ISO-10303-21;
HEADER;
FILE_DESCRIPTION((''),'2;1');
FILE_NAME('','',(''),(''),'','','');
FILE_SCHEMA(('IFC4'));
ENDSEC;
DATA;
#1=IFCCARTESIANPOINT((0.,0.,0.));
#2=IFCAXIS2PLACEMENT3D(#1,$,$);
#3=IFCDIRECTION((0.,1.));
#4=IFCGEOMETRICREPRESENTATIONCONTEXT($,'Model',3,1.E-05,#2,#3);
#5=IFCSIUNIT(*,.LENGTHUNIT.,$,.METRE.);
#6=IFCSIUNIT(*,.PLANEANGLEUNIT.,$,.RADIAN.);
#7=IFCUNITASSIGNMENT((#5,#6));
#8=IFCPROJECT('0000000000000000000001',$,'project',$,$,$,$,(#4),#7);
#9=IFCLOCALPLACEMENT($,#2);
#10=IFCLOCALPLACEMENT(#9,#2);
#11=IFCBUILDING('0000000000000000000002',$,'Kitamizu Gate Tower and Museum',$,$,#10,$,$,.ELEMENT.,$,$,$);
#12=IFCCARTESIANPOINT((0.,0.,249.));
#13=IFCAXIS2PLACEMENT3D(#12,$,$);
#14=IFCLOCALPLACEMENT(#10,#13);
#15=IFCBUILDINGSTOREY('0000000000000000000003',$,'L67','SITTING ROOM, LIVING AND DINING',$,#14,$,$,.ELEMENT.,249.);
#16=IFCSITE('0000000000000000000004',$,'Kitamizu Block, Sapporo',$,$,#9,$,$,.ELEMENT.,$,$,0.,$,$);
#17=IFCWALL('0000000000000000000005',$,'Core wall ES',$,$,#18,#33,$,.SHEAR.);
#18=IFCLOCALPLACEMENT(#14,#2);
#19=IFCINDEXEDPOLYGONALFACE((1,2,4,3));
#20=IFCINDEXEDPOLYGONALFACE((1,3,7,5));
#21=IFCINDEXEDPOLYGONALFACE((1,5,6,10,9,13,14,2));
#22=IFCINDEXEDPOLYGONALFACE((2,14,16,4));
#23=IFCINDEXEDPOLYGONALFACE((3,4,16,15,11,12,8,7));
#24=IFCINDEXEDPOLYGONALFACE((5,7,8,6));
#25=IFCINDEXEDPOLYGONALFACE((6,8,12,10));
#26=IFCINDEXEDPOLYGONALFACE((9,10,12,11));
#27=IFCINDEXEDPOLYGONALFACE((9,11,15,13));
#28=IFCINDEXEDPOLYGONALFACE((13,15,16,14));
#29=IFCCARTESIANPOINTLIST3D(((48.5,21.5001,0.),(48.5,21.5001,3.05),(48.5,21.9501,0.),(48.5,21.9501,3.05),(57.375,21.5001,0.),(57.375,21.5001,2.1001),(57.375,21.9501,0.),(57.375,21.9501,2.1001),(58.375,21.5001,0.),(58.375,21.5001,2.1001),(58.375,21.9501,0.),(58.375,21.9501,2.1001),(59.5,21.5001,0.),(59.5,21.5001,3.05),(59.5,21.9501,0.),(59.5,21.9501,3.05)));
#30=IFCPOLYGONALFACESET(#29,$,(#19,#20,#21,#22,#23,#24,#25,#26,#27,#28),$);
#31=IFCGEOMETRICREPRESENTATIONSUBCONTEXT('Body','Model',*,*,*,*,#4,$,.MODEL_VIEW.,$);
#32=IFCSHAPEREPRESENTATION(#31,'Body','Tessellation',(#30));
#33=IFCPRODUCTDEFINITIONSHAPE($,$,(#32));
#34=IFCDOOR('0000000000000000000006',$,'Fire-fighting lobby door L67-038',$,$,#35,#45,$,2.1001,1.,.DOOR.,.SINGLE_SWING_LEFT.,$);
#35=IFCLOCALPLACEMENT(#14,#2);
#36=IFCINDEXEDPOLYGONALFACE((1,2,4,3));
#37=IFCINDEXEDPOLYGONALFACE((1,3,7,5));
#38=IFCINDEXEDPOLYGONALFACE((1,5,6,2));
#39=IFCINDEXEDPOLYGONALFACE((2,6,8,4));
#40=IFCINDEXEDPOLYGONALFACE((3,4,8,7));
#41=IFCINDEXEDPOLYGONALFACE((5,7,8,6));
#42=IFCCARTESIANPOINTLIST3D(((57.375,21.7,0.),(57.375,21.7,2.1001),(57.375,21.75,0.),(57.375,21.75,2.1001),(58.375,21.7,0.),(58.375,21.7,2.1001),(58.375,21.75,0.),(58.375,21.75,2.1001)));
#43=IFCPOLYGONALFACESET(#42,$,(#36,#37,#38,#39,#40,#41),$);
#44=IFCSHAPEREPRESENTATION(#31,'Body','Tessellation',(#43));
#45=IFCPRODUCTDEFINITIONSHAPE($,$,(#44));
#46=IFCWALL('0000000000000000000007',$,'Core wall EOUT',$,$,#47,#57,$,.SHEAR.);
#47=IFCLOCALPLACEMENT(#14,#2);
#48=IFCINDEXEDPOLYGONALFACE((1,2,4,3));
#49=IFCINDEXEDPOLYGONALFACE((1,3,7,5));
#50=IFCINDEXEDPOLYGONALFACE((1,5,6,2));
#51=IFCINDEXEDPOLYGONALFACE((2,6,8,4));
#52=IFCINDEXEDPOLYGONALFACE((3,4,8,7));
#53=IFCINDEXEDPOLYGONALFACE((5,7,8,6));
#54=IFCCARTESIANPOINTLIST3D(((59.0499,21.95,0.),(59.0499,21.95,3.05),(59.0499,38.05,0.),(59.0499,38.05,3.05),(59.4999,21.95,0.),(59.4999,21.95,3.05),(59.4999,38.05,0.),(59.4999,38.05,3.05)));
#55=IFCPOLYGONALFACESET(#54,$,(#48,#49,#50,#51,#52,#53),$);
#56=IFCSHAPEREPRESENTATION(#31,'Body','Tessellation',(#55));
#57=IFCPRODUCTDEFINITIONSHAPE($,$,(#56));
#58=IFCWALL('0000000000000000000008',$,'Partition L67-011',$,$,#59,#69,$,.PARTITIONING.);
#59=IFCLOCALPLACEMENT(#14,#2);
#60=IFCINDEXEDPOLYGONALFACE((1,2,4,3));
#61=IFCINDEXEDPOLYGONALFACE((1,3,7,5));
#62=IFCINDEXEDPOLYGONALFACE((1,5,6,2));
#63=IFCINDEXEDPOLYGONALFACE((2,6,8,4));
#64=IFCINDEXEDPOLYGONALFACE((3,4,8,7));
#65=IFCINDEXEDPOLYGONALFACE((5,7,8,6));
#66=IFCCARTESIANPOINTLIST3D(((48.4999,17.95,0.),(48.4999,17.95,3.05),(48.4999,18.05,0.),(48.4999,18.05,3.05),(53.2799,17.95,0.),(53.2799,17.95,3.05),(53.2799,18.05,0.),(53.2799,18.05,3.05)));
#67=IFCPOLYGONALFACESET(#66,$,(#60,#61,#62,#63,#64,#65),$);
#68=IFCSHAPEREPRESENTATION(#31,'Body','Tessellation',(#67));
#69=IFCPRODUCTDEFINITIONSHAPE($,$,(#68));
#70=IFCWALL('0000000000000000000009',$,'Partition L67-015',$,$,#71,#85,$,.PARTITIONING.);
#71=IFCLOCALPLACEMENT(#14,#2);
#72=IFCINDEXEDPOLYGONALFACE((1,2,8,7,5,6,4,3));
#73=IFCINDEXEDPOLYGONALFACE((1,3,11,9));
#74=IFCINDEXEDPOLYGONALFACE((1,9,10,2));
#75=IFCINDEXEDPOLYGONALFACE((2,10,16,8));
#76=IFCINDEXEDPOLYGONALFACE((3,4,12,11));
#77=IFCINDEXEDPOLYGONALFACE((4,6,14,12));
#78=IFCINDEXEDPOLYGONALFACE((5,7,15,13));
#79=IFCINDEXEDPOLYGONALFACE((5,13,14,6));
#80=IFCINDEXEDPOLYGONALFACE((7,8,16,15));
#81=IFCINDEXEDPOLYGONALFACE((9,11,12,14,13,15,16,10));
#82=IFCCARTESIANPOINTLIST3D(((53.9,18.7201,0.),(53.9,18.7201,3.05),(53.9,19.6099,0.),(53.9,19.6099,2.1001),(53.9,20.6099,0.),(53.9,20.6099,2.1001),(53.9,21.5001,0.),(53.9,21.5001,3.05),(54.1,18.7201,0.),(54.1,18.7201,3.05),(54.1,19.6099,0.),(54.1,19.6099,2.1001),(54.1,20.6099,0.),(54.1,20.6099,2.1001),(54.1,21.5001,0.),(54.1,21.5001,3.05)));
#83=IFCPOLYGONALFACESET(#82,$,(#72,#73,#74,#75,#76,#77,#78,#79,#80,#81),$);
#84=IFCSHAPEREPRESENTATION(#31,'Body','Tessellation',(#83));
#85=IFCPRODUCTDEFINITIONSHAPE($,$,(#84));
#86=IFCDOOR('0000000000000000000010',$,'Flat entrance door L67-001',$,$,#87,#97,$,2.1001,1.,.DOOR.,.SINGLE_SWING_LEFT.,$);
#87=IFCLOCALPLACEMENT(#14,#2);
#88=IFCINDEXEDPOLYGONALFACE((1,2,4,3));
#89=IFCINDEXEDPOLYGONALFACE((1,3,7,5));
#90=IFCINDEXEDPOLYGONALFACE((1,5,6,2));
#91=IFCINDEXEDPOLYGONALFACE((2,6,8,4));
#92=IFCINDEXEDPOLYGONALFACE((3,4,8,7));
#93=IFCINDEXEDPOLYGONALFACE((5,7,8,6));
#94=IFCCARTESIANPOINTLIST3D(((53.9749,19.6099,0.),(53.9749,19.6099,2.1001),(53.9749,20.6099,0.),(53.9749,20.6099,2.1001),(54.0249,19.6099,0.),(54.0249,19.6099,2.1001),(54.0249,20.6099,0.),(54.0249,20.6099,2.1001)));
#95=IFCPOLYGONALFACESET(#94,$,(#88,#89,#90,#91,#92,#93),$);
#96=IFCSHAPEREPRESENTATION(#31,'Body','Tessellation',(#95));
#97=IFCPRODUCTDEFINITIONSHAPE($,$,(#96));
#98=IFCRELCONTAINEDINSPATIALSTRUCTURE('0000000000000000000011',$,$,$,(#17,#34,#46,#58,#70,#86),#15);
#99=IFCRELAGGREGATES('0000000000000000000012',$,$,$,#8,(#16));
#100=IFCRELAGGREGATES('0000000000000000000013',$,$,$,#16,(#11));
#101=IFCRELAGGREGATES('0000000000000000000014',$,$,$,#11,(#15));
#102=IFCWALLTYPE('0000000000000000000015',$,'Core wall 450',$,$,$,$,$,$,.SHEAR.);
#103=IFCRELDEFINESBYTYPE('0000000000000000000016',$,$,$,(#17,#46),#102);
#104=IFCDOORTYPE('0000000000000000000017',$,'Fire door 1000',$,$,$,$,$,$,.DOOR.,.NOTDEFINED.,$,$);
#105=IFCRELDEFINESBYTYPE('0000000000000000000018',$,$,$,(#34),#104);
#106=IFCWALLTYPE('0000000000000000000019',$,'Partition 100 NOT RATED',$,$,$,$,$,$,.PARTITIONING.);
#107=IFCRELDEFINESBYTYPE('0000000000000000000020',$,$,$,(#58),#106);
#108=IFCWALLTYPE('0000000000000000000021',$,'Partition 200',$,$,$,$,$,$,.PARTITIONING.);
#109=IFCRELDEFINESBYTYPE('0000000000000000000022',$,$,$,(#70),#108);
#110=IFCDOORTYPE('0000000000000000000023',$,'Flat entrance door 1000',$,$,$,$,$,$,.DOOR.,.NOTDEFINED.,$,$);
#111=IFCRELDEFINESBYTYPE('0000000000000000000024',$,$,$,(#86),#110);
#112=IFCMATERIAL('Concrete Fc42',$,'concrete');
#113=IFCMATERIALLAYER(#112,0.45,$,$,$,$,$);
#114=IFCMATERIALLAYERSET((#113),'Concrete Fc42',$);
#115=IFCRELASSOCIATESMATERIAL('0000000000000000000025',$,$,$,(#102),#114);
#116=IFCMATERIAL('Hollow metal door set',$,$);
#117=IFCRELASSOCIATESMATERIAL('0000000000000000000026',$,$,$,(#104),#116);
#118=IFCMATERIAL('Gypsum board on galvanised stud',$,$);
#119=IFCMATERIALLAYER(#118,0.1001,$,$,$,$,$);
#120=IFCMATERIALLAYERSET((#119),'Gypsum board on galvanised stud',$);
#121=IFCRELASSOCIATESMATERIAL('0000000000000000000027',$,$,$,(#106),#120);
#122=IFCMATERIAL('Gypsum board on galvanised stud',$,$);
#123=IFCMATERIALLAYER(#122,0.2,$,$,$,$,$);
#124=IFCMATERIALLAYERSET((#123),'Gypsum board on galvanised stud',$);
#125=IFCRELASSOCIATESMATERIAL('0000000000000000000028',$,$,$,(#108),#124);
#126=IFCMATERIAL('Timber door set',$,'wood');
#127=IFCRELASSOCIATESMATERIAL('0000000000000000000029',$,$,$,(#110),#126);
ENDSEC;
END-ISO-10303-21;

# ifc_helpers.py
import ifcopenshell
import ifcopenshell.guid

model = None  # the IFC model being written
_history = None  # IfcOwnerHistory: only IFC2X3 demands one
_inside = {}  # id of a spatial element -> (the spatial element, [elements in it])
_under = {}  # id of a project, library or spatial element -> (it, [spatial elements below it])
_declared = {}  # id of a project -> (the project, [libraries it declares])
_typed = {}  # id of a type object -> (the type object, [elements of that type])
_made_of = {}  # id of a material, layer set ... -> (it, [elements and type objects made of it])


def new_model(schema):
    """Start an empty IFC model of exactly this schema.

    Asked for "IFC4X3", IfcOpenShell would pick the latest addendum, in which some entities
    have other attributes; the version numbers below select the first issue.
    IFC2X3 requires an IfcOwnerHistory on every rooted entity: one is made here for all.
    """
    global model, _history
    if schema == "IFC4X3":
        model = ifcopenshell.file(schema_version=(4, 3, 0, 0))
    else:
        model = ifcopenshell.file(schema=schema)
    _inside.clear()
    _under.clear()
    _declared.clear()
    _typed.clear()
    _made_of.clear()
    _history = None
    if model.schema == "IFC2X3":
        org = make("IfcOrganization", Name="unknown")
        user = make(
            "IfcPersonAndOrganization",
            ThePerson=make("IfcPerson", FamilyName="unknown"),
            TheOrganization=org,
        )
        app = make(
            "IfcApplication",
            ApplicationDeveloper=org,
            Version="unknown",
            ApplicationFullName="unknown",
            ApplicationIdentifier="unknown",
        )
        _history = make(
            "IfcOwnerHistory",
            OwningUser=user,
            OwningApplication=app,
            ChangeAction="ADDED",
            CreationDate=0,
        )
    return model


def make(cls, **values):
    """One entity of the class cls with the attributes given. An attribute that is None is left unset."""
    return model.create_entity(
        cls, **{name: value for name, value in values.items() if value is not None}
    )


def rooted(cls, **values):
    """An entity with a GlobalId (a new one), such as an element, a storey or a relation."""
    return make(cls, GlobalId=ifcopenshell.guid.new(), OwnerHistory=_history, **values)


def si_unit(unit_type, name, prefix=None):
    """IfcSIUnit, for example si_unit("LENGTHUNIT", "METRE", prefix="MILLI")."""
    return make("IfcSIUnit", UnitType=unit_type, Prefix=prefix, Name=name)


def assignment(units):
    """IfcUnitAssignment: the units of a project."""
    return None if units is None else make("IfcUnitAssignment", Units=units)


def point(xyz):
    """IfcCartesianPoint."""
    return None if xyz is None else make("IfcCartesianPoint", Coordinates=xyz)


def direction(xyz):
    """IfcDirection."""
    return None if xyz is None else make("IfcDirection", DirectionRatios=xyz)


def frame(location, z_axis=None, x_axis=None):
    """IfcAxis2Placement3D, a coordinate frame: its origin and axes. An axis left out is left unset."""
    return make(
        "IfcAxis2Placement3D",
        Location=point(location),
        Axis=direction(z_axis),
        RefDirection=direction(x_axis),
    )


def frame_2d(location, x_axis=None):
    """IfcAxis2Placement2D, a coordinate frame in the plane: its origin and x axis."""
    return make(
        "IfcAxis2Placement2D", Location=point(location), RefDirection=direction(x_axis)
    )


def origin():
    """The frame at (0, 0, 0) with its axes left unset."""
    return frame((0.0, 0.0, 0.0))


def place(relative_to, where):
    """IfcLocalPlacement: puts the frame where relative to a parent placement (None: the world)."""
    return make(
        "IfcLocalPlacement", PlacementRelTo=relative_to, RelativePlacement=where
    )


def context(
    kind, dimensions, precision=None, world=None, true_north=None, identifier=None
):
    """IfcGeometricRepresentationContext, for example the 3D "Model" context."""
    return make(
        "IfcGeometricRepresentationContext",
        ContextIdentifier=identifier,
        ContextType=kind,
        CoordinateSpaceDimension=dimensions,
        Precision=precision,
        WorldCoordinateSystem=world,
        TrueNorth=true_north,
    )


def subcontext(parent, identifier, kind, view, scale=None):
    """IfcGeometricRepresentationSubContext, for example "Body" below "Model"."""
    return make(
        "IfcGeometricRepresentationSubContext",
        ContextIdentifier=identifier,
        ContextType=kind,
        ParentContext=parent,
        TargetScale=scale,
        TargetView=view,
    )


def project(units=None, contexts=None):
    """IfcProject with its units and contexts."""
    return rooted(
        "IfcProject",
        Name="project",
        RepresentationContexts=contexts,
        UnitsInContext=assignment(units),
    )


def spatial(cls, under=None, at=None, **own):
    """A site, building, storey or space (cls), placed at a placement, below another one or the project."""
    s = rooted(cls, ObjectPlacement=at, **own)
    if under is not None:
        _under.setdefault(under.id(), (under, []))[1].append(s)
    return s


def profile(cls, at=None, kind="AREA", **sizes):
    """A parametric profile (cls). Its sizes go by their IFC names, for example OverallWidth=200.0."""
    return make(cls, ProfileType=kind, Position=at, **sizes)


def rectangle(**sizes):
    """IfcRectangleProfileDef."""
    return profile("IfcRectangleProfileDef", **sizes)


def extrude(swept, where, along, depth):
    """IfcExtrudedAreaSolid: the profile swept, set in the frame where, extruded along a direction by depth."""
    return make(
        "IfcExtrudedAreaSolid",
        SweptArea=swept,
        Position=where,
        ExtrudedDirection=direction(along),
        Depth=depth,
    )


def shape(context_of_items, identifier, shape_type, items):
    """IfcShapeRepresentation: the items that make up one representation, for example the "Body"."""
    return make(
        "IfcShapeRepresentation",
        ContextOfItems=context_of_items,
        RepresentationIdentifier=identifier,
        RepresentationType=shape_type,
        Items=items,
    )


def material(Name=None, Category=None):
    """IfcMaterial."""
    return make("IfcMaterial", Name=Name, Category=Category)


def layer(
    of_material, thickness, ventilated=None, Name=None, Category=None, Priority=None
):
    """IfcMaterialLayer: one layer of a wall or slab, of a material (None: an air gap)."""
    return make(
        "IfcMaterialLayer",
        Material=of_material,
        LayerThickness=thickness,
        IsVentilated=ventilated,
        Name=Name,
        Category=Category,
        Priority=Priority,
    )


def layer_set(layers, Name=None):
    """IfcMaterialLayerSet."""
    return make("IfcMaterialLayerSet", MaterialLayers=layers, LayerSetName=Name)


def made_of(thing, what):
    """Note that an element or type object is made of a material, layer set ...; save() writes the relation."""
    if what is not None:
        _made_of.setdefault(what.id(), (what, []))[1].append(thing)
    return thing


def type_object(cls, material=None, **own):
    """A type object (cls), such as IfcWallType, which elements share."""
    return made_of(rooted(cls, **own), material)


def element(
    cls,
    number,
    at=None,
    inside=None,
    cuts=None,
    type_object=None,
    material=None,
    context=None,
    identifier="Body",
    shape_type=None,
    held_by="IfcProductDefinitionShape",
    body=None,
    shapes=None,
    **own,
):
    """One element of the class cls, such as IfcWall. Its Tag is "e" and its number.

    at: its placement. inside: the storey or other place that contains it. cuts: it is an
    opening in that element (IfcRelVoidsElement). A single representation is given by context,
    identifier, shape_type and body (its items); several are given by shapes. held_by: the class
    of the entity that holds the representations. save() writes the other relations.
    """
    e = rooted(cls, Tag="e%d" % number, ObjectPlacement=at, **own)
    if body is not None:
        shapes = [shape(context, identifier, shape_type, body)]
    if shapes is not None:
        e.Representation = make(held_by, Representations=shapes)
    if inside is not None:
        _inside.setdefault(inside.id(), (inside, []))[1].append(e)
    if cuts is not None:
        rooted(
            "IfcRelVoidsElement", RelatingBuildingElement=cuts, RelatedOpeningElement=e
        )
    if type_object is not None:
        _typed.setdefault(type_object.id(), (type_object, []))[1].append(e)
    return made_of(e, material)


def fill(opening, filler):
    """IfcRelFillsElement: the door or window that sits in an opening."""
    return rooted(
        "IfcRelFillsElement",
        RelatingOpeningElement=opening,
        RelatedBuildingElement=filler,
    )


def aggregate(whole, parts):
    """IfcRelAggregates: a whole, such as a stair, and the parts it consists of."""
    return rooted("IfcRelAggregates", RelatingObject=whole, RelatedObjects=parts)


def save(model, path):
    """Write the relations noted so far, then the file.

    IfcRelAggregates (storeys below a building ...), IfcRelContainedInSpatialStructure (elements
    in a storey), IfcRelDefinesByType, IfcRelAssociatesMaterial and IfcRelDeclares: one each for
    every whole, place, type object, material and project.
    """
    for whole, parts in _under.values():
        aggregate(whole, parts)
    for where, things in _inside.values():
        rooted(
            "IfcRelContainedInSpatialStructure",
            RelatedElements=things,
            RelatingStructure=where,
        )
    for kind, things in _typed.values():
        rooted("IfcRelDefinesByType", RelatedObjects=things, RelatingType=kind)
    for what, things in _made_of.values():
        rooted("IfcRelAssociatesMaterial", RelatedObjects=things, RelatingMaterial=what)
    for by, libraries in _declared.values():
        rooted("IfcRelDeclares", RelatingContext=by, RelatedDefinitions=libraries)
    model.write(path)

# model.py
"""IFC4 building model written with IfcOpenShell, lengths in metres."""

from ifc_helpers import new_model, si_unit, direction, frame, frame_2d, origin, place, context, subcontext, project, spatial, rectangle, extrude, material, layer, layer_set, type_object, element, fill, save


model = new_model("IFC4")

# Units and contexts
model_context = context("Model", 3, precision=1e-05, world=origin(), true_north=direction((0.0, 1.0)))
body_context = subcontext(model_context, "Body", "Model", "MODEL_VIEW")
ifc_project = project(units=[si_unit("LENGTHUNIT", "METRE"), si_unit("PLANEANGLEUNIT", "RADIAN")], contexts=[model_context])

# Site, building, storey
site_placement = place(None, origin())
site = spatial("IfcSite", under=ifc_project, at=site_placement, Name="Kitamizu Block, Sapporo", CompositionType="ELEMENT", RefElevation=0.0)
building_placement = place(site_placement, origin())
building = spatial("IfcBuilding", under=site, at=building_placement, Name="Kitamizu Gate Tower and Museum", CompositionType="ELEMENT")
storey_placement = place(building_placement, frame((0.0, 0.0, 249.0)))
storey = spatial("IfcBuildingStorey", under=building, at=storey_placement, Name="L67", Description="SITTING ROOM, LIVING AND DINING", CompositionType="ELEMENT", Elevation=249.0)

# Wall, opening, door
ifc_material_1 = material(Name="Concrete Fc42", Category="concrete")
ifc_layer_1 = layer(ifc_material_1, 0.45)
ifc_layer_set_1 = layer_set([ifc_layer_1], Name="Concrete Fc42")
wall_type_1 = type_object("IfcWallType", Name="Core wall 450", PredefinedType="SHEAR", material=ifc_layer_set_1)
wall_1_placement = place(storey_placement, frame((59.5, 21.7251, 0.0), z_axis=(0.0, 0.0, 1.0), x_axis=(-1.0, 0.0, 0.0)))
wall_1 = element("IfcWall", 1, at=wall_1_placement, inside=storey, type_object=wall_type_1, Name="Core wall ES", PredefinedType="SHEAR", context=body_context, shape_type="SweptSolid", body=[
    extrude(rectangle(XDim=11.0, YDim=0.45, at=frame_2d((5.5, 0.0))), origin(), (0.0, 0.0, 1.0), 3.05),
])
opening_1_placement = place(wall_1_placement, frame((1.125, 0.0, 0.0)))
opening_1 = element("IfcOpeningElement", 2, at=opening_1_placement, cuts=wall_1, PredefinedType="OPENING", context=body_context, shape_type="SweptSolid", body=[
    extrude(rectangle(XDim=1.0, YDim=2.1001, at=frame_2d((0.5, 1.05))), frame((0.0, 0.2349, 0.0), z_axis=(0.0, -1.0, 0.0), x_axis=(1.0, 0.0, 0.0)), (0.0, 0.0, 1.0), 0.47),
])
ifc_material_2 = material(Name="Hollow metal door set")
door_type_1 = type_object("IfcDoorType", Name="Fire door 1000", OperationType="NOTDEFINED", PredefinedType="DOOR", material=ifc_material_2)
door_1_placement = place(opening_1_placement, frame((1.0, 0.0, 0.0), x_axis=(-1.0, 0.0, 0.0)))
door_1 = element("IfcDoor", 3, at=door_1_placement, inside=storey, type_object=door_type_1, Name="Fire-fighting lobby door L67-038", OperationType="SINGLE_SWING_LEFT", OverallHeight=2.1001, OverallWidth=1.0, PredefinedType="DOOR", context=body_context, shape_type="SweptSolid", body=[
    extrude(rectangle(XDim=1.0, YDim=2.1001, at=frame_2d((0.5, 1.05))), frame((0.0, 0.0249, 0.0), z_axis=(0.0, -1.0, 0.0), x_axis=(1.0, 0.0, 0.0)), (0.0, 0.0, 1.0), 0.05),
])
fill(opening_1, door_1)

# Walls
wall_2_placement = place(storey_placement, frame((59.2749, 21.95, 0.0), z_axis=(0.0, 0.0, 1.0), x_axis=(0.0, 1.0, 0.0)))
element("IfcWall", 4, at=wall_2_placement, inside=storey, type_object=wall_type_1, Name="Core wall EOUT", PredefinedType="SHEAR", context=body_context, shape_type="SweptSolid", body=[
    extrude(rectangle(XDim=16.1001, YDim=0.45, at=frame_2d((8.05, 0.0))), origin(), (0.0, 0.0, 1.0), 3.05),
])
ifc_material_3 = material(Name="Gypsum board on galvanised stud")
ifc_layer_2 = layer(ifc_material_3, 0.1001)
ifc_layer_set_2 = layer_set([ifc_layer_2], Name="Gypsum board on galvanised stud")
wall_type_2 = type_object("IfcWallType", Name="Partition 100 NOT RATED", PredefinedType="PARTITIONING", material=ifc_layer_set_2)
wall_3_placement = place(storey_placement, frame((53.28, 18.0, 0.0), z_axis=(0.0, 0.0, 1.0), x_axis=(-1.0, 0.0, 0.0)))
element("IfcWall", 5, at=wall_3_placement, inside=storey, type_object=wall_type_2, Name="Partition L67-011", PredefinedType="PARTITIONING", context=body_context, shape_type="SweptSolid", body=[
    extrude(rectangle(XDim=4.78, YDim=0.1001, at=frame_2d((2.3901, 0.0))), origin(), (0.0, 0.0, 1.0), 3.05),
])

# Wall, opening, door
ifc_material_4 = material(Name="Gypsum board on galvanised stud")
ifc_layer_3 = layer(ifc_material_4, 0.2)
ifc_layer_set_3 = layer_set([ifc_layer_3], Name="Gypsum board on galvanised stud")
wall_type_3 = type_object("IfcWallType", Name="Partition 200", PredefinedType="PARTITIONING", material=ifc_layer_set_3)
wall_4_placement = place(storey_placement, frame((54.0, 18.72, 0.0), z_axis=(0.0, 0.0, 1.0), x_axis=(0.0, 1.0, 0.0)))
wall_4 = element("IfcWall", 6, at=wall_4_placement, inside=storey, type_object=wall_type_3, Name="Partition L67-015", PredefinedType="PARTITIONING", context=body_context, shape_type="SweptSolid", body=[
    extrude(rectangle(XDim=2.78, YDim=0.2, at=frame_2d((1.3901, 0.0))), origin(), (0.0, 0.0, 1.0), 3.05),
])
opening_2_placement = place(wall_4_placement, frame((0.8899, 0.0, 0.0)))
opening_2 = element("IfcOpeningElement", 7, at=opening_2_placement, cuts=wall_4, PredefinedType="OPENING", context=body_context, shape_type="SweptSolid", body=[
    extrude(rectangle(XDim=1.0, YDim=2.1001, at=frame_2d((0.5, 1.05))), frame((0.0, 0.1099, 0.0), z_axis=(0.0, -1.0, 0.0), x_axis=(1.0, 0.0, 0.0)), (0.0, 0.0, 1.0), 0.22),
])
ifc_material_5 = material(Name="Timber door set", Category="wood")
door_type_2 = type_object("IfcDoorType", Name="Flat entrance door 1000", OperationType="NOTDEFINED", PredefinedType="DOOR", material=ifc_material_5)
door_2_placement = place(opening_2_placement, frame((1.0, 0.0, 0.0), x_axis=(-1.0, 0.0, 0.0)))
door_2 = element("IfcDoor", 8, at=door_2_placement, inside=storey, type_object=door_type_2, Name="Flat entrance door L67-001", OperationType="SINGLE_SWING_LEFT", OverallHeight=2.1001, OverallWidth=1.0, PredefinedType="DOOR", context=body_context, shape_type="SweptSolid", body=[
    extrude(rectangle(XDim=1.0, YDim=2.1001, at=frame_2d((0.5, 1.05))), frame((0.0, 0.0249, 0.0), z_axis=(0.0, -1.0, 0.0), x_axis=(1.0, 0.0, 0.0)), (0.0, 0.0, 1.0), 0.05),
])
fill(opening_2, door_2)

save(model, "model.ifc")
